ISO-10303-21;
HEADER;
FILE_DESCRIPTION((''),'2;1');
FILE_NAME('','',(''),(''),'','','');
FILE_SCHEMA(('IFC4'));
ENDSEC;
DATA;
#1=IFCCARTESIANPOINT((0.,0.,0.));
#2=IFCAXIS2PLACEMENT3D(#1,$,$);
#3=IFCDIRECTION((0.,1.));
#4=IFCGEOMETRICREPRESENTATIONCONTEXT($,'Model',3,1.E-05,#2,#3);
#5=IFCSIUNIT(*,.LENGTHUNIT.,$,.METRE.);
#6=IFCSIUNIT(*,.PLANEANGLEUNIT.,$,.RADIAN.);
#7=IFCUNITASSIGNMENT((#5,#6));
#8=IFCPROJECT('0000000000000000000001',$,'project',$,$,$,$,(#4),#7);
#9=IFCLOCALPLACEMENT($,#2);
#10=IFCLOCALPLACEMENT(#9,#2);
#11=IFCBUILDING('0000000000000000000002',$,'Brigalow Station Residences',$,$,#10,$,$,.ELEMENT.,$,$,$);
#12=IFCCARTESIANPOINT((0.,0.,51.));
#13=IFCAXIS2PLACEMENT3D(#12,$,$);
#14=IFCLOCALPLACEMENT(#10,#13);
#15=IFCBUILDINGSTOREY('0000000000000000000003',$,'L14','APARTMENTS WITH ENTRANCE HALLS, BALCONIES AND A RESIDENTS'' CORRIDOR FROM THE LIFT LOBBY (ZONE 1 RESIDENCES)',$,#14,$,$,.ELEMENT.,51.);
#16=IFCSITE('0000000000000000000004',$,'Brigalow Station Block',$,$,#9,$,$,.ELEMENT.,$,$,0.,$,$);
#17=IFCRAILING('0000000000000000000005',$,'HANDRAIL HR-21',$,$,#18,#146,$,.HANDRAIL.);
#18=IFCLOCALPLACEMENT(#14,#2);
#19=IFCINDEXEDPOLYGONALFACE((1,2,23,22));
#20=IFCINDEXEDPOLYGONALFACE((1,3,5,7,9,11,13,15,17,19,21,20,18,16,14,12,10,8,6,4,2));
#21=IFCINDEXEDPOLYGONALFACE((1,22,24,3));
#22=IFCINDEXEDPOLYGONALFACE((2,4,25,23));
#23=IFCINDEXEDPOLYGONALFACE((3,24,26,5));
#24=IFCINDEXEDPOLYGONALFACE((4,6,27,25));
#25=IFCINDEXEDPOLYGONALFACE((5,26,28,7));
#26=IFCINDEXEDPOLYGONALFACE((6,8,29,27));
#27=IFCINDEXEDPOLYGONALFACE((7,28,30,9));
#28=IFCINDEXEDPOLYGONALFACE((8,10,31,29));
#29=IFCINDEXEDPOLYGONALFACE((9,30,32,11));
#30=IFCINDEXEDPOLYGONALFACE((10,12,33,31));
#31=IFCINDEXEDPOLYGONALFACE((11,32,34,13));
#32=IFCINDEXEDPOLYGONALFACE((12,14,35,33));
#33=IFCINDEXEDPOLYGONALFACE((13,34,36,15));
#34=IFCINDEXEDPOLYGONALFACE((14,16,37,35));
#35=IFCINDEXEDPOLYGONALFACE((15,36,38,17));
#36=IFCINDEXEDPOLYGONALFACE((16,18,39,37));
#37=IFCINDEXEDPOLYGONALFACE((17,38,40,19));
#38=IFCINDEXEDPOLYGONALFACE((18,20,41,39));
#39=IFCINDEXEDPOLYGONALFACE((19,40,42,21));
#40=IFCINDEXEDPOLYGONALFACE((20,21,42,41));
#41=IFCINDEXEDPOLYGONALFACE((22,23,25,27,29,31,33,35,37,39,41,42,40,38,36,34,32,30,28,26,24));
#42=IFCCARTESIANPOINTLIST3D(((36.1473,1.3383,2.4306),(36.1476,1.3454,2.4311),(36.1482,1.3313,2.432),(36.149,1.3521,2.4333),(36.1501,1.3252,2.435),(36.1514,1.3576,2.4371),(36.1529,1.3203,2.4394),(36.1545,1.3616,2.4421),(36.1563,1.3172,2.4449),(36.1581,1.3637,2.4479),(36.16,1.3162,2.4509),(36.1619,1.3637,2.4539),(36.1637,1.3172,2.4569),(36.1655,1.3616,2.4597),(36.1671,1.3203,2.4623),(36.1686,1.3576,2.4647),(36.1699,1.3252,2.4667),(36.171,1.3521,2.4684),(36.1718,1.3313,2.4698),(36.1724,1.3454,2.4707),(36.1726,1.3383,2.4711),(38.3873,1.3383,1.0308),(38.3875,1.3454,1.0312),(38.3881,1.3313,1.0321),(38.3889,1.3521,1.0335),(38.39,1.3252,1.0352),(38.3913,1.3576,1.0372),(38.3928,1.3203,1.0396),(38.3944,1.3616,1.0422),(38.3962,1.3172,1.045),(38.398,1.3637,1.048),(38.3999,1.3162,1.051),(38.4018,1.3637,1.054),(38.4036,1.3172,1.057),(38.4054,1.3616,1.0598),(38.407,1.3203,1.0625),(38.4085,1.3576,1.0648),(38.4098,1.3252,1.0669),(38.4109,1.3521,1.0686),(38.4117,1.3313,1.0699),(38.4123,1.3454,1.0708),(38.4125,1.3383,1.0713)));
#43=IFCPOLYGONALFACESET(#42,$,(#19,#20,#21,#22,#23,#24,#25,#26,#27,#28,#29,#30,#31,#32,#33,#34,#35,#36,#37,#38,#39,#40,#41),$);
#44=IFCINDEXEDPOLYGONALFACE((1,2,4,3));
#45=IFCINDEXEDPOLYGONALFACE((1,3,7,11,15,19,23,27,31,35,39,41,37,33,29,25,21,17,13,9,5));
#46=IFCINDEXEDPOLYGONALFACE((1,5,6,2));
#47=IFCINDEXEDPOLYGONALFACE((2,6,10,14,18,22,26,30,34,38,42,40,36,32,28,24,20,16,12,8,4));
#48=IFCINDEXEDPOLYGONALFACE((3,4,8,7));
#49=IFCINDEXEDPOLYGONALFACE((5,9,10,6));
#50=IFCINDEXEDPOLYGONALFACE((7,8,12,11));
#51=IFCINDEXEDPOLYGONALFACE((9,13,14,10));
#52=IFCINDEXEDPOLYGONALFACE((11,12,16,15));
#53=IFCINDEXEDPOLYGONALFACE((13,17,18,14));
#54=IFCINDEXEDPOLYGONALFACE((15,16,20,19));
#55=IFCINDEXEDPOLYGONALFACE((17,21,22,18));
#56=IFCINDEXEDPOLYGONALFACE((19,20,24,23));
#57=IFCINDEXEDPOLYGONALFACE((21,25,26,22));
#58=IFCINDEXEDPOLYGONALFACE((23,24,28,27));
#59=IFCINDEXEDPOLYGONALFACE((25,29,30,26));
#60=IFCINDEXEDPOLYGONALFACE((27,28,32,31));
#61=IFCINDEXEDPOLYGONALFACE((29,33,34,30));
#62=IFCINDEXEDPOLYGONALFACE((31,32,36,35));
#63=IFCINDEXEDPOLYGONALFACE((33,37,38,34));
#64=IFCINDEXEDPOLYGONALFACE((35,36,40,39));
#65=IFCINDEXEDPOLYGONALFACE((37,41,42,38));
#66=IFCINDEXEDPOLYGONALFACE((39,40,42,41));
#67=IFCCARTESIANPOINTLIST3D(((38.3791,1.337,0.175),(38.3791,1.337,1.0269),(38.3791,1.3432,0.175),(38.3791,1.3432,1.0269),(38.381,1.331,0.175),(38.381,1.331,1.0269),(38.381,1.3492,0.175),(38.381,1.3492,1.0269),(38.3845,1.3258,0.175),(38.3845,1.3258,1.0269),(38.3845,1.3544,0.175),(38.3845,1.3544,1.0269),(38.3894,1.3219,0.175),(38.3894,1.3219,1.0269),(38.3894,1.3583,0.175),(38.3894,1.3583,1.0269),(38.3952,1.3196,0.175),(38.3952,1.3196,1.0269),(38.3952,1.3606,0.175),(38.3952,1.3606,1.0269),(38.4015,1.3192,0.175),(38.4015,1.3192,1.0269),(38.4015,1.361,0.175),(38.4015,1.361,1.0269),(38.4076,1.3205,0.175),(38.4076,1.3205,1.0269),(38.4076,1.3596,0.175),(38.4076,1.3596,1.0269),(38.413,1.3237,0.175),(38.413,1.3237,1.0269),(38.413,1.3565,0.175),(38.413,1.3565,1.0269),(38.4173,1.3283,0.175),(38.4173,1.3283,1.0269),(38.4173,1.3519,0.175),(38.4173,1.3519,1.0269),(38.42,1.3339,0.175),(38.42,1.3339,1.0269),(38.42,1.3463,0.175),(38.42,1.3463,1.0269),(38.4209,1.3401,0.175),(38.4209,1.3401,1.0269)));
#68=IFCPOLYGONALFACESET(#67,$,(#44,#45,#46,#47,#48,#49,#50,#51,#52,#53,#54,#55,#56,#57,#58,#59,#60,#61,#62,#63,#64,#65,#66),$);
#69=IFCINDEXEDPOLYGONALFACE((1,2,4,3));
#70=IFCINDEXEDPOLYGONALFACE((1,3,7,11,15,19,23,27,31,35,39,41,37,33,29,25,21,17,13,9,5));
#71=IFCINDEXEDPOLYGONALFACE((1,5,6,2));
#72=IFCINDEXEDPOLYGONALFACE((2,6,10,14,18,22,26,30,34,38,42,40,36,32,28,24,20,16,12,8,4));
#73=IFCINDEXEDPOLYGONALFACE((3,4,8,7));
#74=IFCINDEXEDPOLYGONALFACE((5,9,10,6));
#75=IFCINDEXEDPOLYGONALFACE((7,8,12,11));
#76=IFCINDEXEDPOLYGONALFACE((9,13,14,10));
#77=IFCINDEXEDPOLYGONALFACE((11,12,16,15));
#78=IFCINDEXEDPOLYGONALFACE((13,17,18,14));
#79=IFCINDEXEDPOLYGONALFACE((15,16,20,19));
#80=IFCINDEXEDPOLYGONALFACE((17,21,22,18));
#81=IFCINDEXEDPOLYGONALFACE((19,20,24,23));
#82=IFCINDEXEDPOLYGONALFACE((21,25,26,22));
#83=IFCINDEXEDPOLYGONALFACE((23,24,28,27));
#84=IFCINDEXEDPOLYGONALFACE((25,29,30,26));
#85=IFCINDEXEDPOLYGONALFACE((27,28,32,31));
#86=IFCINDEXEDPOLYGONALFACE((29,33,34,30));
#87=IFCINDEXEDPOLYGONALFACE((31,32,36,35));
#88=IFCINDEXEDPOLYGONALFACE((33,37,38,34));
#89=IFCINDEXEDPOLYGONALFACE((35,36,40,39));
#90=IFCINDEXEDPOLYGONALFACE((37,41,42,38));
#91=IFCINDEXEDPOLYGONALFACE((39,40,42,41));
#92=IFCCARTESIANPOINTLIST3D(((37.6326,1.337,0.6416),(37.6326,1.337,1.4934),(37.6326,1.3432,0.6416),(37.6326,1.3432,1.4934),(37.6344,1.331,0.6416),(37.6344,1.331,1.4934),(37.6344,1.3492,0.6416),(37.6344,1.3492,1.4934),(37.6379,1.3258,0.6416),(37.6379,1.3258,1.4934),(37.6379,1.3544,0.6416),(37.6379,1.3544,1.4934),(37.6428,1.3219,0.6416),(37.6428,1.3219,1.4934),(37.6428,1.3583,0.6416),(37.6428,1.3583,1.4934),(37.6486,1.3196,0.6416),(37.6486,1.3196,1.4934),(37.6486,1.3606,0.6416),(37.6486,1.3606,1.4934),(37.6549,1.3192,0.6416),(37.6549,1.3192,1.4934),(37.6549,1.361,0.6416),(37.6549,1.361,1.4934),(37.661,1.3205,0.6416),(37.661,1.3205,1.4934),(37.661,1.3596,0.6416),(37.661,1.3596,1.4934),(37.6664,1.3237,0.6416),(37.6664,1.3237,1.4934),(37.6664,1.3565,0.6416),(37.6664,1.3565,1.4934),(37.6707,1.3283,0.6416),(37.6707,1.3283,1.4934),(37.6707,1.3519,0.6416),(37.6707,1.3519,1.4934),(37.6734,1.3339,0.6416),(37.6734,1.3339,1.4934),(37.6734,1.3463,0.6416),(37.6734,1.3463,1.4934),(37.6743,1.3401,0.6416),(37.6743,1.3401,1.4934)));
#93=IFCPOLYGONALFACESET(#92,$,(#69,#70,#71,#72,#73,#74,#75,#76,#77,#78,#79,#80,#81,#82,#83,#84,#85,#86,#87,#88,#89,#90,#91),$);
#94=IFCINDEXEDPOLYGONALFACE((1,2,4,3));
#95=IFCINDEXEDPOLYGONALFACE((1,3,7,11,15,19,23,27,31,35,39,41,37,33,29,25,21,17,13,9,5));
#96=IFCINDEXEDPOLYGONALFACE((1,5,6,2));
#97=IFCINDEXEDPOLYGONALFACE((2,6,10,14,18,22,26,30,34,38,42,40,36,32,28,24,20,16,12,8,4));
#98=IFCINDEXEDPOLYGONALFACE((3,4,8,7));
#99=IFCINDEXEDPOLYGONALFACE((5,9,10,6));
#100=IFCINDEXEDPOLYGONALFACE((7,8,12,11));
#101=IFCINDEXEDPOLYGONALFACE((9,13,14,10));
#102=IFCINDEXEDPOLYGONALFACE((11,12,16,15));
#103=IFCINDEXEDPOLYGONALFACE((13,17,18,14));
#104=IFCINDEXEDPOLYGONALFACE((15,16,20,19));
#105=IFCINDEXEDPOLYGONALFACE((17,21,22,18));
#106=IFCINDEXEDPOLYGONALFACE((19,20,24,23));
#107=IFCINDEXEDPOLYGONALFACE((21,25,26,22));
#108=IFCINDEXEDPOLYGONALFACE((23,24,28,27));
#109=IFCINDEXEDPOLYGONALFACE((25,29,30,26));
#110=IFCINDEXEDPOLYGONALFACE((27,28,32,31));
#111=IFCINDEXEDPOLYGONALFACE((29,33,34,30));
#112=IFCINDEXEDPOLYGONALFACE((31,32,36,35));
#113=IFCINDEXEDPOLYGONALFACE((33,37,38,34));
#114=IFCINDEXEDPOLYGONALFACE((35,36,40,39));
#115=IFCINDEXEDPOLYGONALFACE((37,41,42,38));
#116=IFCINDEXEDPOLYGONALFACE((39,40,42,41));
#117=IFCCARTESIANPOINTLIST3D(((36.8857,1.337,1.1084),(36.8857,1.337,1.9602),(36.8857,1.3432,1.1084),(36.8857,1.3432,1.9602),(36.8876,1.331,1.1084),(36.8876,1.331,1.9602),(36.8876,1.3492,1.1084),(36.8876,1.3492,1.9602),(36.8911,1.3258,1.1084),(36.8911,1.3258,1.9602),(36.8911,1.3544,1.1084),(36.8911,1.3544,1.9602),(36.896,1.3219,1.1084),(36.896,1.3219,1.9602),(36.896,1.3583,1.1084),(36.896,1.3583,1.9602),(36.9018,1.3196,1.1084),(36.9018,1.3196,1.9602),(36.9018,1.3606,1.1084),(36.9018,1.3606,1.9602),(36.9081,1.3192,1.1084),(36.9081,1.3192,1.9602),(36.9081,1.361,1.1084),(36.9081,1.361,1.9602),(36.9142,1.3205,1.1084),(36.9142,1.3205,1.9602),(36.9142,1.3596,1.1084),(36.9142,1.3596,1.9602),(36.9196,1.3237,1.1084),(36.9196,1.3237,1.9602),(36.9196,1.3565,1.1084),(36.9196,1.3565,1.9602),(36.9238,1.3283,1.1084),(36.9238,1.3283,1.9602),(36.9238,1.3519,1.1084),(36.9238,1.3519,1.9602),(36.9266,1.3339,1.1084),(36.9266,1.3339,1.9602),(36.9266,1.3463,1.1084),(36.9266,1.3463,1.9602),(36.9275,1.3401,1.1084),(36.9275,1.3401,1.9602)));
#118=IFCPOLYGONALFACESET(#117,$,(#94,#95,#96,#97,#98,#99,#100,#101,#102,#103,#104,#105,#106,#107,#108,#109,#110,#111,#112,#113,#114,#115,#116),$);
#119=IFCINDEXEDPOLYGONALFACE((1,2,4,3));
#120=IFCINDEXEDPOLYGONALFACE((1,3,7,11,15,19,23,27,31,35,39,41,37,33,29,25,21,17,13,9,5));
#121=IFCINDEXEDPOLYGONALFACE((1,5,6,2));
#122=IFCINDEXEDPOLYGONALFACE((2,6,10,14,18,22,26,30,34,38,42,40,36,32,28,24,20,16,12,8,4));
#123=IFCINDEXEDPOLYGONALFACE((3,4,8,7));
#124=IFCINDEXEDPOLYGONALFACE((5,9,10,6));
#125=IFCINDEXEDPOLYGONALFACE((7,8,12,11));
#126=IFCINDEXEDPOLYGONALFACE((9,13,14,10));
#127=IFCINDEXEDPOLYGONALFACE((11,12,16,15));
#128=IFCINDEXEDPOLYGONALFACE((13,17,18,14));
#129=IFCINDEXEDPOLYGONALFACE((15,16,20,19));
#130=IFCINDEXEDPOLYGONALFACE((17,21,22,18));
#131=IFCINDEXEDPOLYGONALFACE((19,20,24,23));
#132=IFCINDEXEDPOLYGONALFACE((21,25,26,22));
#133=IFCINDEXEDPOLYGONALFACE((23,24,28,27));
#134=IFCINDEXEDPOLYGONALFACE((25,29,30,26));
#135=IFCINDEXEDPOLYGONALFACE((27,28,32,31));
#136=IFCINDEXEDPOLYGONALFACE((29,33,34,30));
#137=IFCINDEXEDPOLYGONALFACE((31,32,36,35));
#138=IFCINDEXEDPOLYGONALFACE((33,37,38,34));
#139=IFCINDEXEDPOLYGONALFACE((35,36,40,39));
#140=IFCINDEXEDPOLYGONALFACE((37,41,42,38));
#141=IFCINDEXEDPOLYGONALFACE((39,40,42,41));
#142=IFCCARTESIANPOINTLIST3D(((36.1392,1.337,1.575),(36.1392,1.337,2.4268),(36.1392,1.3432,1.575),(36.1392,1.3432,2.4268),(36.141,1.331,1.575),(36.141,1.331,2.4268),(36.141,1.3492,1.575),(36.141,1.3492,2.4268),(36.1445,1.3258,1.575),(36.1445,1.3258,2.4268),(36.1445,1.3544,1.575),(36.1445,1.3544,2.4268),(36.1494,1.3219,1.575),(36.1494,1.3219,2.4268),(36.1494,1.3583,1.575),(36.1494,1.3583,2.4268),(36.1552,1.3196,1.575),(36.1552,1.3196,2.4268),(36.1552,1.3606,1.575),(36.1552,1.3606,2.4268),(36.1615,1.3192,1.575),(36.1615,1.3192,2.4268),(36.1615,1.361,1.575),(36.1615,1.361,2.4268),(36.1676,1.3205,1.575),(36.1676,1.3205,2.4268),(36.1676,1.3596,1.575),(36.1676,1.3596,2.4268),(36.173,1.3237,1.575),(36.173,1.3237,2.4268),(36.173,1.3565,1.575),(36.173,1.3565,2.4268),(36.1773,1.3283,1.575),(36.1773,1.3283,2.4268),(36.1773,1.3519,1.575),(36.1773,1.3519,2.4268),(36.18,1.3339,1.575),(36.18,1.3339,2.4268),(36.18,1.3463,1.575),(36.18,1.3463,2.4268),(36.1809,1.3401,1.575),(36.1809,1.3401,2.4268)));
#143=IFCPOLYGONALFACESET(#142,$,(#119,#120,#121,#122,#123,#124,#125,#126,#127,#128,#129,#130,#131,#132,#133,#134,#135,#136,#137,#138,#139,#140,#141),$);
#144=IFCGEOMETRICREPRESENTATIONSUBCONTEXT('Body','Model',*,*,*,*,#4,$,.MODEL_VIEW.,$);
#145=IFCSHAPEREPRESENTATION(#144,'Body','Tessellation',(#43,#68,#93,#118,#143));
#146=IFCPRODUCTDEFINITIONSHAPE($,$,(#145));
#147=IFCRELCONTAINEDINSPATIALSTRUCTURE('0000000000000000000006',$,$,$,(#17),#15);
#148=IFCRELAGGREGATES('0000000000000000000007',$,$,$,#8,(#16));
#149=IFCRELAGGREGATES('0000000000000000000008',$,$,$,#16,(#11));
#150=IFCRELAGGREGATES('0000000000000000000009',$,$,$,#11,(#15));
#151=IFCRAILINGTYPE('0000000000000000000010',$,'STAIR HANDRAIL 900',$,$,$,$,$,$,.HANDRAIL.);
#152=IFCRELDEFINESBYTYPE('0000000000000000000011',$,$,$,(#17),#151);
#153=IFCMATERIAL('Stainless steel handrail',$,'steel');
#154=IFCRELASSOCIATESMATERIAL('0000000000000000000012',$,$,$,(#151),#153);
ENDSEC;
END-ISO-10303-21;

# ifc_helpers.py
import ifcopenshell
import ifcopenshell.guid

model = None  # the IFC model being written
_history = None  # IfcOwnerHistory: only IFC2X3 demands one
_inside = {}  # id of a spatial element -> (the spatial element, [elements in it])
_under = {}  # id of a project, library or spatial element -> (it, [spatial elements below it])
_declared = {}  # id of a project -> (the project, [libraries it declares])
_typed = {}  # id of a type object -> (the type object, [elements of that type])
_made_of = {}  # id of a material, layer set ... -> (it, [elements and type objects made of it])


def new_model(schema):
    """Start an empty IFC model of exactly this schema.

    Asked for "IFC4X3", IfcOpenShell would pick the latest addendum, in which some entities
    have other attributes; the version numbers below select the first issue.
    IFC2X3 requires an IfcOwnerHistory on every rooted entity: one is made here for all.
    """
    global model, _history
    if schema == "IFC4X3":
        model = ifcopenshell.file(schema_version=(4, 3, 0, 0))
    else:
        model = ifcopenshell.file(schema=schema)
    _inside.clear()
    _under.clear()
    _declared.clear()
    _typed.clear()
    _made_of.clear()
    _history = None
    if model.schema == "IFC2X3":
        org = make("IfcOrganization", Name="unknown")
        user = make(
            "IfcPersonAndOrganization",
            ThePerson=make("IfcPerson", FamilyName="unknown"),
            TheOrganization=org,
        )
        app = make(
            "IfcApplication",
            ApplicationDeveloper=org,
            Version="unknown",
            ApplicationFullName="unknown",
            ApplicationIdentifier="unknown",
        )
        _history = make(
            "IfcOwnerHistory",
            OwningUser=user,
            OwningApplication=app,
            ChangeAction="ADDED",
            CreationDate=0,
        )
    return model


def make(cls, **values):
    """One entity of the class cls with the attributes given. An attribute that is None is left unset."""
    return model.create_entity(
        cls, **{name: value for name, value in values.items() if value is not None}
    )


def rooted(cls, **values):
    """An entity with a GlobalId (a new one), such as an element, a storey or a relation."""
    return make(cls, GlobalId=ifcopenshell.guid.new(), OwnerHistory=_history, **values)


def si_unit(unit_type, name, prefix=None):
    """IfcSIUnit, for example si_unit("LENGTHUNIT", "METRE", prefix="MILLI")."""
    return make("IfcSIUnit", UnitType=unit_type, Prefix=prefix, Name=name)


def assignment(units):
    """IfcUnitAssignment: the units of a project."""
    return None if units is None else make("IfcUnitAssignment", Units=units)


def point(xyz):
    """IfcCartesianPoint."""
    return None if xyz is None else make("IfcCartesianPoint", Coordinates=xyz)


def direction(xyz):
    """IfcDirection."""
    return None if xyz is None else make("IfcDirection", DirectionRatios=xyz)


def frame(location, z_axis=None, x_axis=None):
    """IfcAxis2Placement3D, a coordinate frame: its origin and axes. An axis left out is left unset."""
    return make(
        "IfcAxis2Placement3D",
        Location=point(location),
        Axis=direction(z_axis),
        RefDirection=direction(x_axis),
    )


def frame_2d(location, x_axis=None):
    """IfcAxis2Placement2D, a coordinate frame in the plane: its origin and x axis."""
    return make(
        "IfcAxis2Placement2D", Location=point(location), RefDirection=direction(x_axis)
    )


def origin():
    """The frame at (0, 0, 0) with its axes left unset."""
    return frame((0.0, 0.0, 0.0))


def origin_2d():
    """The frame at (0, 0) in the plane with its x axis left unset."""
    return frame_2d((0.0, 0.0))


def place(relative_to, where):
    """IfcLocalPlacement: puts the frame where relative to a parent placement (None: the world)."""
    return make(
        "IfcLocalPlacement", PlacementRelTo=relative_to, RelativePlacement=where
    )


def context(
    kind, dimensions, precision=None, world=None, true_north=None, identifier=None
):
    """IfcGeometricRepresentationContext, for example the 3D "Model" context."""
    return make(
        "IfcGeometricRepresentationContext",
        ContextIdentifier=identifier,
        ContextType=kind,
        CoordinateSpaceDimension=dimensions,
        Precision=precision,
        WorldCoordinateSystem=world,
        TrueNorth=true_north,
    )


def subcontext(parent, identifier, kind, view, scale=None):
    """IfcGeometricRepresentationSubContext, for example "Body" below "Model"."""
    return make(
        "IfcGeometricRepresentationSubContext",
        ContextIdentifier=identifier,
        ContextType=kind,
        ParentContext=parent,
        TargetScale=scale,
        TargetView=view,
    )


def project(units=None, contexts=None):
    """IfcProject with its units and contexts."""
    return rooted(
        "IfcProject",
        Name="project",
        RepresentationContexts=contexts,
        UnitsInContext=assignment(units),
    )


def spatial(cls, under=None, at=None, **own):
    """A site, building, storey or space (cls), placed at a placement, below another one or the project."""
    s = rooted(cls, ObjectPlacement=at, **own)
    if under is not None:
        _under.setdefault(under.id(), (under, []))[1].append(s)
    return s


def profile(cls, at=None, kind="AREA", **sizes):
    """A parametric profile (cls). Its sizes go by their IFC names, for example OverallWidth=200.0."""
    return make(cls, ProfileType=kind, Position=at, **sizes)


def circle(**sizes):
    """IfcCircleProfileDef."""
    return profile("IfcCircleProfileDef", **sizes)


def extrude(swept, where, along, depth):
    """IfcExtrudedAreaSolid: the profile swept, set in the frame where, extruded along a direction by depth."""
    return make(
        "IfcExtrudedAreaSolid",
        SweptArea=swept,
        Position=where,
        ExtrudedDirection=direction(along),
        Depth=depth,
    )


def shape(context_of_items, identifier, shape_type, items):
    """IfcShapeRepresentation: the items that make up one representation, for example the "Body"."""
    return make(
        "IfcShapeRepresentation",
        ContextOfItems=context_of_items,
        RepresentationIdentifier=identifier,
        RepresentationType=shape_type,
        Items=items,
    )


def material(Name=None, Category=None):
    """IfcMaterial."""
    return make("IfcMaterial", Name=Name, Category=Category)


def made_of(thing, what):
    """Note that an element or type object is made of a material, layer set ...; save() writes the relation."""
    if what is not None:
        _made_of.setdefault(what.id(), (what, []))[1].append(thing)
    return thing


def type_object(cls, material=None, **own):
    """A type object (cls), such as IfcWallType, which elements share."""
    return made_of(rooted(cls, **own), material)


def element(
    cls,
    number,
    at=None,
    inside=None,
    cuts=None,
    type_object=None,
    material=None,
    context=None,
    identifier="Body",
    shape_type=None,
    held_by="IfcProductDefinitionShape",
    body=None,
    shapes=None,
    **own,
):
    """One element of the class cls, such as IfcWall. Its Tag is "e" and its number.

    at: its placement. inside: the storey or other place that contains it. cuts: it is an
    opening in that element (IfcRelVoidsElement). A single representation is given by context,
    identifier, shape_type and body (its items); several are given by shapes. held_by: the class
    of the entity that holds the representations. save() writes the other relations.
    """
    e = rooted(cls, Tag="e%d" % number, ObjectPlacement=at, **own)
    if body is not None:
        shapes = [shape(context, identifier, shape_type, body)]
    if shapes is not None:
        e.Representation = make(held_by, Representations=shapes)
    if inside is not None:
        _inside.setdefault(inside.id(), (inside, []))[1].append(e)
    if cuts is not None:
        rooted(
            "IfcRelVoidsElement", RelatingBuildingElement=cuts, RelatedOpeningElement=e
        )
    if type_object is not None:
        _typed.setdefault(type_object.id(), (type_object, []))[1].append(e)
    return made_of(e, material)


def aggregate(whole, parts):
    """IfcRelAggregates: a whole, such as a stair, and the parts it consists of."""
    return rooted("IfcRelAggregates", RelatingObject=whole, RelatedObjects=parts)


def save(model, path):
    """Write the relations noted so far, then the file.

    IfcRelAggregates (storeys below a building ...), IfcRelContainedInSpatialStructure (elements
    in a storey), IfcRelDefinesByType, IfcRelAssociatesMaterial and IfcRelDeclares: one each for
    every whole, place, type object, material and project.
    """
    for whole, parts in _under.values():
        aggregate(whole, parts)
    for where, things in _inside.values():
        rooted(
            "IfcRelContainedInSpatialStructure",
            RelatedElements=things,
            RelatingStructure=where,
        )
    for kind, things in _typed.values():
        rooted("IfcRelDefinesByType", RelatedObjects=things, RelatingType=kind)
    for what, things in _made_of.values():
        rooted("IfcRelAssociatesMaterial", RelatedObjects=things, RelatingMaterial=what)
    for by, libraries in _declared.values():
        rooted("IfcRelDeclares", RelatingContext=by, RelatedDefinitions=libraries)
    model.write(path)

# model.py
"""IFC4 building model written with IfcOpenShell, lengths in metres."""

from ifc_helpers import new_model, si_unit, direction, frame, origin, origin_2d, place, context, subcontext, project, spatial, circle, extrude, material, type_object, element, save


model = new_model("IFC4")

# Units and contexts
model_context = context("Model", 3, precision=1e-05, world=origin(), true_north=direction((0.0, 1.0)))
body_context = subcontext(model_context, "Body", "Model", "MODEL_VIEW")
ifc_project = project(units=[si_unit("LENGTHUNIT", "METRE"), si_unit("PLANEANGLEUNIT", "RADIAN")], contexts=[model_context])

# Site, building, storey
site_placement = place(None, origin())
site = spatial("IfcSite", under=ifc_project, at=site_placement, Name="Brigalow Station Block", CompositionType="ELEMENT", RefElevation=0.0)
building_placement = place(site_placement, origin())
building = spatial("IfcBuilding", under=site, at=building_placement, Name="Brigalow Station Residences", CompositionType="ELEMENT")
storey_placement = place(building_placement, frame((0.0, 0.0, 51.0)))
storey = spatial("IfcBuildingStorey", under=building, at=storey_placement, Name="L14", Description="APARTMENTS WITH ENTRANCE HALLS, BALCONIES AND A RESIDENTS' CORRIDOR FROM THE LIFT LOBBY (ZONE 1 RESIDENCES)", CompositionType="ELEMENT", Elevation=51.0)

# Railing
ifc_material_1 = material(Name="Stainless steel handrail", Category="steel")
railing_type_1 = type_object("IfcRailingType", Name="STAIR HANDRAIL 900", PredefinedType="HANDRAIL", material=ifc_material_1)
railing_1_placement = place(storey_placement, frame((38.3999, 1.3401, 0.175)))
element("IfcRailing", 1, at=railing_1_placement, inside=storey, type_object=railing_type_1, Name="HANDRAIL HR-21", PredefinedType="HANDRAIL", context=body_context, shape_type="SweptSolid", body=[
    extrude(circle(Radius=0.0239, at=origin_2d()), frame((0.0, 0.0, 0.876), z_axis=(-0.848014, 0.0, 0.529974), x_axis=(0.0, -1.0, 0.0)), (0.0, 0.0, 1.0), 2.6414),
    extrude(circle(Radius=0.021, at=origin_2d()), origin(), (0.0, 0.0, 1.0), 0.8518),
    extrude(circle(Radius=0.021, at=origin_2d()), frame((-0.7466, 0.0, 0.4666)), (0.0, 0.0, 1.0), 0.8518),
    extrude(circle(Radius=0.021, at=origin_2d()), frame((-1.4934, 0.0, 0.9333)), (0.0, 0.0, 1.0), 0.8518),
    extrude(circle(Radius=0.021, at=origin_2d()), frame((-2.24, 0.0, 1.3999)), (0.0, 0.0, 1.0), 0.8518),
])

save(model, "model.ifc")
